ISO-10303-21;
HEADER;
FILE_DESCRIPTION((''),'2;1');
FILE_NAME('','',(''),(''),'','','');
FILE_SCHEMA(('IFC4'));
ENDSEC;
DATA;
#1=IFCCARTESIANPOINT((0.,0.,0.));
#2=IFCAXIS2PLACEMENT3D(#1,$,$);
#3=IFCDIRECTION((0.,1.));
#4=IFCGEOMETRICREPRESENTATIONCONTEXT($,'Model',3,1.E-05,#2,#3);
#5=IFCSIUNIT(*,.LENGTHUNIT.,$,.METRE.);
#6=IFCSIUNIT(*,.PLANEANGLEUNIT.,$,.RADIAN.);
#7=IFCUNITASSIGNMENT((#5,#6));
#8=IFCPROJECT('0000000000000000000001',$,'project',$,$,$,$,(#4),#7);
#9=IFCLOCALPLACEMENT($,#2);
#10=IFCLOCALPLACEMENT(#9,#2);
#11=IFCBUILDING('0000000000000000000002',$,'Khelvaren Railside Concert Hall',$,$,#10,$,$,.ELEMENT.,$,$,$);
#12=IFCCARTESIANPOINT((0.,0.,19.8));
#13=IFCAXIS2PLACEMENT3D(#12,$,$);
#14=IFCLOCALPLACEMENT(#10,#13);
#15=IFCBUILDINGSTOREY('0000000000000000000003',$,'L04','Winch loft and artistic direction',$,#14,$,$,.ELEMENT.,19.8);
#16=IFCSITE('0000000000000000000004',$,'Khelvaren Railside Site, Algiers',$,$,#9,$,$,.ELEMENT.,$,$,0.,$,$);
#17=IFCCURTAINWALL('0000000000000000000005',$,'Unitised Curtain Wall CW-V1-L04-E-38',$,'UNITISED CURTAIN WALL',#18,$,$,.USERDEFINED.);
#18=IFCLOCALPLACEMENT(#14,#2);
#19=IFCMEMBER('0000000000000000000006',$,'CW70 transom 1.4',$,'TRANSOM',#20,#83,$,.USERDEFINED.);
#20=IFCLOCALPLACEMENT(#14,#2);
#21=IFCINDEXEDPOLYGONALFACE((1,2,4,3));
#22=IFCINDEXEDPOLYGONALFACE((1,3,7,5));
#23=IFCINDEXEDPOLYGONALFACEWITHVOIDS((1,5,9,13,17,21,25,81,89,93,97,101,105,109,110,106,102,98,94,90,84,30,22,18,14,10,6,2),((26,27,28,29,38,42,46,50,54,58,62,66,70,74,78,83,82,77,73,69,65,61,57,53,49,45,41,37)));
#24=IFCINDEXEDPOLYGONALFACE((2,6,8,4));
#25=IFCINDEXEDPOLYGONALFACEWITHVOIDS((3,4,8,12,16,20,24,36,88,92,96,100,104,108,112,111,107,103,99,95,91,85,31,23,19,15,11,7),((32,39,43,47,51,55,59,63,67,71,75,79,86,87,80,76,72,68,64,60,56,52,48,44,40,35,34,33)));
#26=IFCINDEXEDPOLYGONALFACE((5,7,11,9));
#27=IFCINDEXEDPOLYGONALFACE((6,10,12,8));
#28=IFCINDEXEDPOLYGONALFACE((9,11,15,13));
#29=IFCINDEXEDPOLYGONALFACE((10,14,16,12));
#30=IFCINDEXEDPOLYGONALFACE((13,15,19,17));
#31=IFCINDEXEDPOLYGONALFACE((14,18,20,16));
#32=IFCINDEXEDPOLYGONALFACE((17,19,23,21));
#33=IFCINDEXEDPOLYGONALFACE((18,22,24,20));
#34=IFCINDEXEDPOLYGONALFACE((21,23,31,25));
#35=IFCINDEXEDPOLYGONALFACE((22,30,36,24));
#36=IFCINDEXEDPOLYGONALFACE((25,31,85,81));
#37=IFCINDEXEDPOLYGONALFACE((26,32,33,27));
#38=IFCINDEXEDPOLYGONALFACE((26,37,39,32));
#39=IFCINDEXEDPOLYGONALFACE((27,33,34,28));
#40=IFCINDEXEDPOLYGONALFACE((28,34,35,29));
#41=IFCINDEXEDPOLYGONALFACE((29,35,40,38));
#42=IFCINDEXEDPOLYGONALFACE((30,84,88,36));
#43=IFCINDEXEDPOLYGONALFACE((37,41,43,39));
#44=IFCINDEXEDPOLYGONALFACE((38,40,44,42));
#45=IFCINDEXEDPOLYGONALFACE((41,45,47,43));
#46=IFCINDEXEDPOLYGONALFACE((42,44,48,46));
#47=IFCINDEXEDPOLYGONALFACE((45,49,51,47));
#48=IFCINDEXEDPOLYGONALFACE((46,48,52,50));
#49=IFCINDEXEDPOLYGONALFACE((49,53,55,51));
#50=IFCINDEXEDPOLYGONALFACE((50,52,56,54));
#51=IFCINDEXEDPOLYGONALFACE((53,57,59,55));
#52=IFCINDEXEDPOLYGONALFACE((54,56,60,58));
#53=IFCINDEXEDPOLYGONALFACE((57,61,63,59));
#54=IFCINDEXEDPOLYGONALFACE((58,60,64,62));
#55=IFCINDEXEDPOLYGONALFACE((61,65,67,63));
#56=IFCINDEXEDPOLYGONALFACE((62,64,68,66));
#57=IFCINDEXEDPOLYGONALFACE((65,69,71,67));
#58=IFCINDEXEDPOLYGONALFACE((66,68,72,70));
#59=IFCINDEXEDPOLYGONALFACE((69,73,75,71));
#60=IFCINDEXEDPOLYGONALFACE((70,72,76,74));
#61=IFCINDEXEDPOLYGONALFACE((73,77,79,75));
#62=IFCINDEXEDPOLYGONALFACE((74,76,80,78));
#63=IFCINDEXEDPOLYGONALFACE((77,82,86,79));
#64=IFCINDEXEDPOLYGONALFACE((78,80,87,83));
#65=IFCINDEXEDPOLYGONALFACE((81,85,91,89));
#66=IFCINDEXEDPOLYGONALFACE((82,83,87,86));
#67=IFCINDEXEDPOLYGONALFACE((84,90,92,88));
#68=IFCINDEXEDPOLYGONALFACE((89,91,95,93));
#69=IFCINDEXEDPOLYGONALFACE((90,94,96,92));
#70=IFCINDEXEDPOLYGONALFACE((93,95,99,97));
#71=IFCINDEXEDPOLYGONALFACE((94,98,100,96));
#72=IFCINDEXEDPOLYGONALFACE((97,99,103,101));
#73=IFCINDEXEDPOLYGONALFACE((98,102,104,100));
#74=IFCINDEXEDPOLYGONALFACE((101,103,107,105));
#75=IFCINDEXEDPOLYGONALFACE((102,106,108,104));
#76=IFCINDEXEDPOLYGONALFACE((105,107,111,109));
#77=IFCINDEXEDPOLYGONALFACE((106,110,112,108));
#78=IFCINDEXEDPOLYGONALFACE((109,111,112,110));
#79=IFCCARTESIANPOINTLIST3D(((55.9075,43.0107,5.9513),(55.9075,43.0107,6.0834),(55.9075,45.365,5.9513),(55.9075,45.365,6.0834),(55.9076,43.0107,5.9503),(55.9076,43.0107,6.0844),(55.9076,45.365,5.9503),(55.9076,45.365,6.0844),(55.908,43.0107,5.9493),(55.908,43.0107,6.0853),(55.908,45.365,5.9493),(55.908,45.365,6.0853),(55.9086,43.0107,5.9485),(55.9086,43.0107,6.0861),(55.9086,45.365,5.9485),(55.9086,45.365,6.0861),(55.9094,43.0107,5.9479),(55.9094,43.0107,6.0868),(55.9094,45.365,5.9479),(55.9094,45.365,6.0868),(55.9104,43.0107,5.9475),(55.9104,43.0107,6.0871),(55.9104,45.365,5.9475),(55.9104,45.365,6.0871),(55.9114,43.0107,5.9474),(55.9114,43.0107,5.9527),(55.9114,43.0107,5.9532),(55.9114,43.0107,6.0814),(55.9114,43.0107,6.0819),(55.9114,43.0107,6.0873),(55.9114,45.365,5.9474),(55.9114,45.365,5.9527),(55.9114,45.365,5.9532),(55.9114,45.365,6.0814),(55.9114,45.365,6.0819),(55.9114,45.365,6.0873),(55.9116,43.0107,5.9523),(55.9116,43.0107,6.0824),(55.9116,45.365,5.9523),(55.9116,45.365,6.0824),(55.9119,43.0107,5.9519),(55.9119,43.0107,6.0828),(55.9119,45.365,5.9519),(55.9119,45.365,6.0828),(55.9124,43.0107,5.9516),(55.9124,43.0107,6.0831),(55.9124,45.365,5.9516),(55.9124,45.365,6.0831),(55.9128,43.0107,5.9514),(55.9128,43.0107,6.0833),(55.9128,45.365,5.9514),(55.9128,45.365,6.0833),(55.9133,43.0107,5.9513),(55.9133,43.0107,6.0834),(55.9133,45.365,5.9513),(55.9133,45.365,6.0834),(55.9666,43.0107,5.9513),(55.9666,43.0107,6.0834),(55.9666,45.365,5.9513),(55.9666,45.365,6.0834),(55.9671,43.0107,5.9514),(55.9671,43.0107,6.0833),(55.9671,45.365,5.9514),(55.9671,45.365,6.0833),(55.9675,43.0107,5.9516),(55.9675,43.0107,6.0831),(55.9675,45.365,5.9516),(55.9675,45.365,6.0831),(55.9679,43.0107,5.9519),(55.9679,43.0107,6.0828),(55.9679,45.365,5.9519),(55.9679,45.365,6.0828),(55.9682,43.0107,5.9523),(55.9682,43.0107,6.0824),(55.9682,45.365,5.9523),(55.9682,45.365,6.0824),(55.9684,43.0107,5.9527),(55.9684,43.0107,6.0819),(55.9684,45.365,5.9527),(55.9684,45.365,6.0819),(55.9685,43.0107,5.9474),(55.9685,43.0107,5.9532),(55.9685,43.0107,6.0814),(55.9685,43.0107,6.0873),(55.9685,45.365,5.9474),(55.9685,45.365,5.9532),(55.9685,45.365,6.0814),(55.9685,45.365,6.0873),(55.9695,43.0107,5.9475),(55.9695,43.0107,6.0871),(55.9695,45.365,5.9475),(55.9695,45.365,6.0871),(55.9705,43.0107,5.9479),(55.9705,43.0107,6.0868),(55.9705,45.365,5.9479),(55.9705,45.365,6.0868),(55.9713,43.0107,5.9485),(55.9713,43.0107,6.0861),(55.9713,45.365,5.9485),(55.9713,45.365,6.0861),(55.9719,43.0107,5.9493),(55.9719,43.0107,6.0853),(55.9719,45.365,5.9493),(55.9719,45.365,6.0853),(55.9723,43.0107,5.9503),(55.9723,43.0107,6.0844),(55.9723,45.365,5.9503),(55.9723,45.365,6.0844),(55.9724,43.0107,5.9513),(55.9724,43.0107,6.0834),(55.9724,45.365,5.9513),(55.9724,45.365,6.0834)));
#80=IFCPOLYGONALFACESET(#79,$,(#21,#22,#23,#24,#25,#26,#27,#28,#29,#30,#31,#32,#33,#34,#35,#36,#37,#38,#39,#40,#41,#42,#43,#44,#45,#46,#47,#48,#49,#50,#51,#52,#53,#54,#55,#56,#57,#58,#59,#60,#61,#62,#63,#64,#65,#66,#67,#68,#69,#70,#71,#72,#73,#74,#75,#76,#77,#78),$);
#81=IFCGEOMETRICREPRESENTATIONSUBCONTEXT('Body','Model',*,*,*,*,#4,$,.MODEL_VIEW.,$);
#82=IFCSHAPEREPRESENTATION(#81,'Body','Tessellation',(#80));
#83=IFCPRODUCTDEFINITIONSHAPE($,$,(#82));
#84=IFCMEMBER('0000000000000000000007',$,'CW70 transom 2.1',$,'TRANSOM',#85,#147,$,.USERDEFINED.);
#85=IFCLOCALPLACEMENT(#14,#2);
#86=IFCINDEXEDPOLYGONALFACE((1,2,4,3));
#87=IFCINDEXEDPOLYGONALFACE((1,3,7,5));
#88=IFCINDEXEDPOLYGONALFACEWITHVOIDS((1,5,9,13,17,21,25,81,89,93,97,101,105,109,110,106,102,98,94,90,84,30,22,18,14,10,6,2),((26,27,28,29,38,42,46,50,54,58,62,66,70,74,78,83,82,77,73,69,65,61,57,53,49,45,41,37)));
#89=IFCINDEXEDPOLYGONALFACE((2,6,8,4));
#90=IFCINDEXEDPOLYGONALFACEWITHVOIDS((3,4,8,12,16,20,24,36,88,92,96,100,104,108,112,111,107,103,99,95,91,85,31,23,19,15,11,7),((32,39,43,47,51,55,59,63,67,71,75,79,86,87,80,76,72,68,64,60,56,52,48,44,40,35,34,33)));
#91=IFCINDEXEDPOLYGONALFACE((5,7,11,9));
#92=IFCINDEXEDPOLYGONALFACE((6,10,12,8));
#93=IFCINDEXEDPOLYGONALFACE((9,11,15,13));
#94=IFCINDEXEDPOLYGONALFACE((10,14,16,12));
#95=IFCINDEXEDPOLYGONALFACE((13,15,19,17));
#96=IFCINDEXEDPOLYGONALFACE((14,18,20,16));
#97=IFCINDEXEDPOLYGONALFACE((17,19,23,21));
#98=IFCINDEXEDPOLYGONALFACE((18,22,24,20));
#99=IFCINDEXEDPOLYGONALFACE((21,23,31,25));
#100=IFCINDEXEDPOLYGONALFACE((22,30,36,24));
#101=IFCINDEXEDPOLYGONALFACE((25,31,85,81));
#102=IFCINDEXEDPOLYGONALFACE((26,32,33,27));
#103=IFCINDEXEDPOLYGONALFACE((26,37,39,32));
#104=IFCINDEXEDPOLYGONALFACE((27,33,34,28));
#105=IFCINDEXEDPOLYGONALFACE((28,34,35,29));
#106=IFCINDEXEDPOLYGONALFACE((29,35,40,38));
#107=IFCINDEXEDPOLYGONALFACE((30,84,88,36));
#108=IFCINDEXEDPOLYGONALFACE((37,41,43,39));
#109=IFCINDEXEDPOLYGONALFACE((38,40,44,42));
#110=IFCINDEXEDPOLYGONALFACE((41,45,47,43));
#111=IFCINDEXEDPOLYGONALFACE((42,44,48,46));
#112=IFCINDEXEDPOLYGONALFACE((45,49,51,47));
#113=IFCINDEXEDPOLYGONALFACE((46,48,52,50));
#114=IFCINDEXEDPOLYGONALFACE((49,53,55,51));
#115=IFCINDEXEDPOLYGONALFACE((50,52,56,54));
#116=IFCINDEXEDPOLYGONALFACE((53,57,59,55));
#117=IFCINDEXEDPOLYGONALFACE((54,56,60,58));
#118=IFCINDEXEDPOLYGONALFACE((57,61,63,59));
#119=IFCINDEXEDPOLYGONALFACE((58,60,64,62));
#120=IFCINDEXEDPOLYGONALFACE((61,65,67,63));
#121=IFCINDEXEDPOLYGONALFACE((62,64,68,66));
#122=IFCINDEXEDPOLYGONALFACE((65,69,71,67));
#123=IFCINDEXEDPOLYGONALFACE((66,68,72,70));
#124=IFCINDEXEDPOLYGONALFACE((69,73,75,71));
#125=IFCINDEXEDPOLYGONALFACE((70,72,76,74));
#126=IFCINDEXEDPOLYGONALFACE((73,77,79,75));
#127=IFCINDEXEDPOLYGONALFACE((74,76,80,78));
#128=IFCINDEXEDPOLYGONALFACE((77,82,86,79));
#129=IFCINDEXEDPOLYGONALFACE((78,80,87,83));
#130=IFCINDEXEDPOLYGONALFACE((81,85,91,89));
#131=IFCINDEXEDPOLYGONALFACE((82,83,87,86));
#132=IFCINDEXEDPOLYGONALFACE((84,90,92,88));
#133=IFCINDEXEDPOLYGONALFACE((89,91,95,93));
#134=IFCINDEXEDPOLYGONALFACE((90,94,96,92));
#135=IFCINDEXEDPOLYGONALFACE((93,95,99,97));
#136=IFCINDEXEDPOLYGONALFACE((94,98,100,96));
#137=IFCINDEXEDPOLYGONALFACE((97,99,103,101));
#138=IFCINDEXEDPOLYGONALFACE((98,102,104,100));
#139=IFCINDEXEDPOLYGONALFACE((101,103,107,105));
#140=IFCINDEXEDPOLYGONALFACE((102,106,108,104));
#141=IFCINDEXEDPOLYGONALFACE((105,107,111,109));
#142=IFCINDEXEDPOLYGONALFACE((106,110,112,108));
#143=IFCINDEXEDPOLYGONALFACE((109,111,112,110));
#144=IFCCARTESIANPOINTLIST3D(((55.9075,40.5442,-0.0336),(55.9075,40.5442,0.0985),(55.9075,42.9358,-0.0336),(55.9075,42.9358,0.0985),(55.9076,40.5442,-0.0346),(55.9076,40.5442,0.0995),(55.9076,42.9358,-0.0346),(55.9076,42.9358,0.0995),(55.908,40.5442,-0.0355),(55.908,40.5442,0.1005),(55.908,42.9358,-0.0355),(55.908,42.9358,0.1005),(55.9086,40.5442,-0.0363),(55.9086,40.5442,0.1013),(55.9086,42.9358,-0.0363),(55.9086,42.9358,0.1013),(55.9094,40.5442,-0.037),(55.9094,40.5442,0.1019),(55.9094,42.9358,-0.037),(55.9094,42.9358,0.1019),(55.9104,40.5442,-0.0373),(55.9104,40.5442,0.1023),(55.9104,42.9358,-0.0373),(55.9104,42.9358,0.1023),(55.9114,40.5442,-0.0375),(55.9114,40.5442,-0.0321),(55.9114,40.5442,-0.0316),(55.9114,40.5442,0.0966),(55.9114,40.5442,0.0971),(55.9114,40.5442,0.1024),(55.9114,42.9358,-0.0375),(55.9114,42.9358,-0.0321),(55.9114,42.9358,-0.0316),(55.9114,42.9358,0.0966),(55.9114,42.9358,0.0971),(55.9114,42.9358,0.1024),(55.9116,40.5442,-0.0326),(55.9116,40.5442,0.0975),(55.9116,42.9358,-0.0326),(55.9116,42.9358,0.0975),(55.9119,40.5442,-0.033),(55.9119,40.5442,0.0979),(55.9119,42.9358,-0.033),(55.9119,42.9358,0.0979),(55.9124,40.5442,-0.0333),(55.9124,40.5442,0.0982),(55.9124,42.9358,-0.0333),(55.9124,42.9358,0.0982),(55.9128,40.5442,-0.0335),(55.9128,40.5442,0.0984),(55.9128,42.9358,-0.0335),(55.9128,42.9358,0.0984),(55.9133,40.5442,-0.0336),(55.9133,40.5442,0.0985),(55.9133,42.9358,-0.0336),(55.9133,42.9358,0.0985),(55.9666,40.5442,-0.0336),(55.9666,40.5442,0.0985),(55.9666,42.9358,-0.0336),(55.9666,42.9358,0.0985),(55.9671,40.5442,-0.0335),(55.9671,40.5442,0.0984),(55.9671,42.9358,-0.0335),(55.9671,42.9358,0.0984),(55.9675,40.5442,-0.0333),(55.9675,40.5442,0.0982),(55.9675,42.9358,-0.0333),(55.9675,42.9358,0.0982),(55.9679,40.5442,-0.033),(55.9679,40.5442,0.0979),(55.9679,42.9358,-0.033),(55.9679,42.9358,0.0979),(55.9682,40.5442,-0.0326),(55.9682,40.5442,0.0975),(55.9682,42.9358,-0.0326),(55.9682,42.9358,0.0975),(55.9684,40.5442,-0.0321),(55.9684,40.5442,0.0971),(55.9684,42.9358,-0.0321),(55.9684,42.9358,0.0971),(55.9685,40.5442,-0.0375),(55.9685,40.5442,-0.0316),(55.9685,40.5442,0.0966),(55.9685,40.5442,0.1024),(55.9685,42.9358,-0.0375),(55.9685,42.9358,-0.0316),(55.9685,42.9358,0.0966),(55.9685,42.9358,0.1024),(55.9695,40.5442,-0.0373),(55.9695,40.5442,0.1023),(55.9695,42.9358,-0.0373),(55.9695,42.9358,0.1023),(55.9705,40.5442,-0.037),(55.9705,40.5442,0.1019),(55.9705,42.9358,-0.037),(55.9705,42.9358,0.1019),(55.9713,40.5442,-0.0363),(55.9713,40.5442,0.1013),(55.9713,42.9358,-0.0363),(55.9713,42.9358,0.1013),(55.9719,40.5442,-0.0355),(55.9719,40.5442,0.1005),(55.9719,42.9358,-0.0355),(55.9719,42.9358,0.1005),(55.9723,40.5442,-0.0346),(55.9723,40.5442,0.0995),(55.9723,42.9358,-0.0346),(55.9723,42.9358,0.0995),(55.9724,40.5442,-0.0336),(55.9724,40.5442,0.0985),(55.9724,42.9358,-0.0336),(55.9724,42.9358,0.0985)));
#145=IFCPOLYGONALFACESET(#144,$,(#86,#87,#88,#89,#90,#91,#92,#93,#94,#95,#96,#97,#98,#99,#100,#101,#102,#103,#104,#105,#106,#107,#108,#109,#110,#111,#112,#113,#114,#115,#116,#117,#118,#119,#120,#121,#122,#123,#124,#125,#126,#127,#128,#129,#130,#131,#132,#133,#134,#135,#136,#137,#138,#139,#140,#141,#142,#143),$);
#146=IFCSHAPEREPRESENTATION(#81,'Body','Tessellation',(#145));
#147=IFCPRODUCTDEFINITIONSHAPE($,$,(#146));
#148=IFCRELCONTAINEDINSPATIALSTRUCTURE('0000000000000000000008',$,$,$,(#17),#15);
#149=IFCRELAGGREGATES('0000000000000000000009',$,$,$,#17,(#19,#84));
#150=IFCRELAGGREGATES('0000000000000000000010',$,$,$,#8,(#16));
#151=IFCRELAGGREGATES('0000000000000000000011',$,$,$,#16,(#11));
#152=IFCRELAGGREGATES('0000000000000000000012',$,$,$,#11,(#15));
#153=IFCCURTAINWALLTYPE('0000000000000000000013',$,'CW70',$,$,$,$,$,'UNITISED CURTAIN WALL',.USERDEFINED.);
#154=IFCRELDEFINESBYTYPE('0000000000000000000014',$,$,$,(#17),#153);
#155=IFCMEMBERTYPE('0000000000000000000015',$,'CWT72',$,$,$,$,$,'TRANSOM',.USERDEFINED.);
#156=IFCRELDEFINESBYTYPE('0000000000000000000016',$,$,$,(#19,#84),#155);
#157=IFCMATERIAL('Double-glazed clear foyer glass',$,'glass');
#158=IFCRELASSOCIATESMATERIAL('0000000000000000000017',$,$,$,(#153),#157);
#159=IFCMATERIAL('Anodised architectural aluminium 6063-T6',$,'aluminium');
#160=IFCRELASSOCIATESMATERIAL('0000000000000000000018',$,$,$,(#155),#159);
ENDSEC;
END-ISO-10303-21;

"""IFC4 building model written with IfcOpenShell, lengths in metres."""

from ifc_helpers import new_model, si_unit, direction, frame, origin, origin_2d, place, context, subcontext, project, spatial, hollow_rectangle, extrude, material, material_profile, profile_set, type_object, element, aggregate, save


model = new_model("IFC4")

# Units and contexts
model_context = context("Model", 3, precision=1e-05, world=origin(), true_north=direction((0.0, 1.0)))
body_context = subcontext(model_context, "Body", "Model", "MODEL_VIEW")
ifc_project = project(units=[si_unit("LENGTHUNIT", "METRE"), si_unit("PLANEANGLEUNIT", "RADIAN")], contexts=[model_context])

# Site, building, storey
site_placement = place(None, origin())
site = spatial("IfcSite", under=ifc_project, at=site_placement, Name="Khelvaren Railside Site, Algiers", CompositionType="ELEMENT", RefElevation=0.0)
building_placement = place(site_placement, origin())
building = spatial("IfcBuilding", under=site, at=building_placement, Name="Khelvaren Railside Concert Hall", CompositionType="ELEMENT")
storey_placement = place(building_placement, frame((0.0, 0.0, 19.8)))
storey = spatial("IfcBuildingStorey", under=building, at=storey_placement, Name="L04", Description="Winch loft and artistic direction", CompositionType="ELEMENT", Elevation=19.8)

# Curtain wall
ifc_material_1 = material(Name="Double-glazed clear foyer glass", Category="glass")
ifc_material_2 = material(Name="Anodised architectural aluminium 6063-T6", Category="aluminium")
curtain_wall_type_1 = type_object("IfcCurtainWallType", Name="CW70", ElementType="UNITISED CURTAIN WALL", PredefinedType="USERDEFINED", material=ifc_material_1)
curtain_wall_1_placement = place(storey_placement, origin())
curtain_wall_1 = element("IfcCurtainWall", 1, at=curtain_wall_1_placement, inside=storey, type_object=curtain_wall_type_1, Name="Unitised Curtain Wall CW-V1-L04-E-38", ObjectType="UNITISED CURTAIN WALL", PredefinedType="USERDEFINED")

# Members
ifc_material_profile_1 = material_profile(ifc_material_2, hollow_rectangle(XDim=0.0649, YDim=0.1399, WallThickness=0.0039, InnerFilletRadius=0.002, OuterFilletRadius=0.0039, at=origin_2d()), Name="CWT 65x140x4")
ifc_profile_set_1 = profile_set([ifc_material_profile_1], Name="Anodised architectural aluminium 6063-T6")
member_type_1 = type_object("IfcMemberType", Name="CWT72", ElementType="TRANSOM", PredefinedType="USERDEFINED", material=ifc_profile_set_1)
member_1_placement = place(storey_placement, frame((55.9399, 45.365, 6.0173), z_axis=(0.0, -1.0, 0.0), x_axis=(1.0, 0.0, 0.0)))
member_1 = element("IfcMember", 2, at=member_1_placement, type_object=member_type_1, Name="CW70 transom 1.4", ObjectType="TRANSOM", PredefinedType="USERDEFINED", context=body_context, shape_type="SweptSolid", body=[
    extrude(hollow_rectangle(XDim=0.0649, YDim=0.1399, WallThickness=0.0039, InnerFilletRadius=0.002, OuterFilletRadius=0.0039, at=origin_2d()), origin(), (0.0, 0.0, 1.0), 2.3542),
])
member_2_placement = place(storey_placement, frame((55.9399, 42.9358, 0.0325), z_axis=(0.0, -1.0, 0.0), x_axis=(1.0, 0.0, 0.0)))
member_2 = element("IfcMember", 3, at=member_2_placement, type_object=member_type_1, Name="CW70 transom 2.1", ObjectType="TRANSOM", PredefinedType="USERDEFINED", context=body_context, shape_type="SweptSolid", body=[
    extrude(hollow_rectangle(XDim=0.0649, YDim=0.1399, WallThickness=0.0039, InnerFilletRadius=0.002, OuterFilletRadius=0.0039, at=origin_2d()), origin(), (0.0, 0.0, 1.0), 2.3916),
])

aggregate(curtain_wall_1, [member_1, member_2])

save(model, "model.ifc")
